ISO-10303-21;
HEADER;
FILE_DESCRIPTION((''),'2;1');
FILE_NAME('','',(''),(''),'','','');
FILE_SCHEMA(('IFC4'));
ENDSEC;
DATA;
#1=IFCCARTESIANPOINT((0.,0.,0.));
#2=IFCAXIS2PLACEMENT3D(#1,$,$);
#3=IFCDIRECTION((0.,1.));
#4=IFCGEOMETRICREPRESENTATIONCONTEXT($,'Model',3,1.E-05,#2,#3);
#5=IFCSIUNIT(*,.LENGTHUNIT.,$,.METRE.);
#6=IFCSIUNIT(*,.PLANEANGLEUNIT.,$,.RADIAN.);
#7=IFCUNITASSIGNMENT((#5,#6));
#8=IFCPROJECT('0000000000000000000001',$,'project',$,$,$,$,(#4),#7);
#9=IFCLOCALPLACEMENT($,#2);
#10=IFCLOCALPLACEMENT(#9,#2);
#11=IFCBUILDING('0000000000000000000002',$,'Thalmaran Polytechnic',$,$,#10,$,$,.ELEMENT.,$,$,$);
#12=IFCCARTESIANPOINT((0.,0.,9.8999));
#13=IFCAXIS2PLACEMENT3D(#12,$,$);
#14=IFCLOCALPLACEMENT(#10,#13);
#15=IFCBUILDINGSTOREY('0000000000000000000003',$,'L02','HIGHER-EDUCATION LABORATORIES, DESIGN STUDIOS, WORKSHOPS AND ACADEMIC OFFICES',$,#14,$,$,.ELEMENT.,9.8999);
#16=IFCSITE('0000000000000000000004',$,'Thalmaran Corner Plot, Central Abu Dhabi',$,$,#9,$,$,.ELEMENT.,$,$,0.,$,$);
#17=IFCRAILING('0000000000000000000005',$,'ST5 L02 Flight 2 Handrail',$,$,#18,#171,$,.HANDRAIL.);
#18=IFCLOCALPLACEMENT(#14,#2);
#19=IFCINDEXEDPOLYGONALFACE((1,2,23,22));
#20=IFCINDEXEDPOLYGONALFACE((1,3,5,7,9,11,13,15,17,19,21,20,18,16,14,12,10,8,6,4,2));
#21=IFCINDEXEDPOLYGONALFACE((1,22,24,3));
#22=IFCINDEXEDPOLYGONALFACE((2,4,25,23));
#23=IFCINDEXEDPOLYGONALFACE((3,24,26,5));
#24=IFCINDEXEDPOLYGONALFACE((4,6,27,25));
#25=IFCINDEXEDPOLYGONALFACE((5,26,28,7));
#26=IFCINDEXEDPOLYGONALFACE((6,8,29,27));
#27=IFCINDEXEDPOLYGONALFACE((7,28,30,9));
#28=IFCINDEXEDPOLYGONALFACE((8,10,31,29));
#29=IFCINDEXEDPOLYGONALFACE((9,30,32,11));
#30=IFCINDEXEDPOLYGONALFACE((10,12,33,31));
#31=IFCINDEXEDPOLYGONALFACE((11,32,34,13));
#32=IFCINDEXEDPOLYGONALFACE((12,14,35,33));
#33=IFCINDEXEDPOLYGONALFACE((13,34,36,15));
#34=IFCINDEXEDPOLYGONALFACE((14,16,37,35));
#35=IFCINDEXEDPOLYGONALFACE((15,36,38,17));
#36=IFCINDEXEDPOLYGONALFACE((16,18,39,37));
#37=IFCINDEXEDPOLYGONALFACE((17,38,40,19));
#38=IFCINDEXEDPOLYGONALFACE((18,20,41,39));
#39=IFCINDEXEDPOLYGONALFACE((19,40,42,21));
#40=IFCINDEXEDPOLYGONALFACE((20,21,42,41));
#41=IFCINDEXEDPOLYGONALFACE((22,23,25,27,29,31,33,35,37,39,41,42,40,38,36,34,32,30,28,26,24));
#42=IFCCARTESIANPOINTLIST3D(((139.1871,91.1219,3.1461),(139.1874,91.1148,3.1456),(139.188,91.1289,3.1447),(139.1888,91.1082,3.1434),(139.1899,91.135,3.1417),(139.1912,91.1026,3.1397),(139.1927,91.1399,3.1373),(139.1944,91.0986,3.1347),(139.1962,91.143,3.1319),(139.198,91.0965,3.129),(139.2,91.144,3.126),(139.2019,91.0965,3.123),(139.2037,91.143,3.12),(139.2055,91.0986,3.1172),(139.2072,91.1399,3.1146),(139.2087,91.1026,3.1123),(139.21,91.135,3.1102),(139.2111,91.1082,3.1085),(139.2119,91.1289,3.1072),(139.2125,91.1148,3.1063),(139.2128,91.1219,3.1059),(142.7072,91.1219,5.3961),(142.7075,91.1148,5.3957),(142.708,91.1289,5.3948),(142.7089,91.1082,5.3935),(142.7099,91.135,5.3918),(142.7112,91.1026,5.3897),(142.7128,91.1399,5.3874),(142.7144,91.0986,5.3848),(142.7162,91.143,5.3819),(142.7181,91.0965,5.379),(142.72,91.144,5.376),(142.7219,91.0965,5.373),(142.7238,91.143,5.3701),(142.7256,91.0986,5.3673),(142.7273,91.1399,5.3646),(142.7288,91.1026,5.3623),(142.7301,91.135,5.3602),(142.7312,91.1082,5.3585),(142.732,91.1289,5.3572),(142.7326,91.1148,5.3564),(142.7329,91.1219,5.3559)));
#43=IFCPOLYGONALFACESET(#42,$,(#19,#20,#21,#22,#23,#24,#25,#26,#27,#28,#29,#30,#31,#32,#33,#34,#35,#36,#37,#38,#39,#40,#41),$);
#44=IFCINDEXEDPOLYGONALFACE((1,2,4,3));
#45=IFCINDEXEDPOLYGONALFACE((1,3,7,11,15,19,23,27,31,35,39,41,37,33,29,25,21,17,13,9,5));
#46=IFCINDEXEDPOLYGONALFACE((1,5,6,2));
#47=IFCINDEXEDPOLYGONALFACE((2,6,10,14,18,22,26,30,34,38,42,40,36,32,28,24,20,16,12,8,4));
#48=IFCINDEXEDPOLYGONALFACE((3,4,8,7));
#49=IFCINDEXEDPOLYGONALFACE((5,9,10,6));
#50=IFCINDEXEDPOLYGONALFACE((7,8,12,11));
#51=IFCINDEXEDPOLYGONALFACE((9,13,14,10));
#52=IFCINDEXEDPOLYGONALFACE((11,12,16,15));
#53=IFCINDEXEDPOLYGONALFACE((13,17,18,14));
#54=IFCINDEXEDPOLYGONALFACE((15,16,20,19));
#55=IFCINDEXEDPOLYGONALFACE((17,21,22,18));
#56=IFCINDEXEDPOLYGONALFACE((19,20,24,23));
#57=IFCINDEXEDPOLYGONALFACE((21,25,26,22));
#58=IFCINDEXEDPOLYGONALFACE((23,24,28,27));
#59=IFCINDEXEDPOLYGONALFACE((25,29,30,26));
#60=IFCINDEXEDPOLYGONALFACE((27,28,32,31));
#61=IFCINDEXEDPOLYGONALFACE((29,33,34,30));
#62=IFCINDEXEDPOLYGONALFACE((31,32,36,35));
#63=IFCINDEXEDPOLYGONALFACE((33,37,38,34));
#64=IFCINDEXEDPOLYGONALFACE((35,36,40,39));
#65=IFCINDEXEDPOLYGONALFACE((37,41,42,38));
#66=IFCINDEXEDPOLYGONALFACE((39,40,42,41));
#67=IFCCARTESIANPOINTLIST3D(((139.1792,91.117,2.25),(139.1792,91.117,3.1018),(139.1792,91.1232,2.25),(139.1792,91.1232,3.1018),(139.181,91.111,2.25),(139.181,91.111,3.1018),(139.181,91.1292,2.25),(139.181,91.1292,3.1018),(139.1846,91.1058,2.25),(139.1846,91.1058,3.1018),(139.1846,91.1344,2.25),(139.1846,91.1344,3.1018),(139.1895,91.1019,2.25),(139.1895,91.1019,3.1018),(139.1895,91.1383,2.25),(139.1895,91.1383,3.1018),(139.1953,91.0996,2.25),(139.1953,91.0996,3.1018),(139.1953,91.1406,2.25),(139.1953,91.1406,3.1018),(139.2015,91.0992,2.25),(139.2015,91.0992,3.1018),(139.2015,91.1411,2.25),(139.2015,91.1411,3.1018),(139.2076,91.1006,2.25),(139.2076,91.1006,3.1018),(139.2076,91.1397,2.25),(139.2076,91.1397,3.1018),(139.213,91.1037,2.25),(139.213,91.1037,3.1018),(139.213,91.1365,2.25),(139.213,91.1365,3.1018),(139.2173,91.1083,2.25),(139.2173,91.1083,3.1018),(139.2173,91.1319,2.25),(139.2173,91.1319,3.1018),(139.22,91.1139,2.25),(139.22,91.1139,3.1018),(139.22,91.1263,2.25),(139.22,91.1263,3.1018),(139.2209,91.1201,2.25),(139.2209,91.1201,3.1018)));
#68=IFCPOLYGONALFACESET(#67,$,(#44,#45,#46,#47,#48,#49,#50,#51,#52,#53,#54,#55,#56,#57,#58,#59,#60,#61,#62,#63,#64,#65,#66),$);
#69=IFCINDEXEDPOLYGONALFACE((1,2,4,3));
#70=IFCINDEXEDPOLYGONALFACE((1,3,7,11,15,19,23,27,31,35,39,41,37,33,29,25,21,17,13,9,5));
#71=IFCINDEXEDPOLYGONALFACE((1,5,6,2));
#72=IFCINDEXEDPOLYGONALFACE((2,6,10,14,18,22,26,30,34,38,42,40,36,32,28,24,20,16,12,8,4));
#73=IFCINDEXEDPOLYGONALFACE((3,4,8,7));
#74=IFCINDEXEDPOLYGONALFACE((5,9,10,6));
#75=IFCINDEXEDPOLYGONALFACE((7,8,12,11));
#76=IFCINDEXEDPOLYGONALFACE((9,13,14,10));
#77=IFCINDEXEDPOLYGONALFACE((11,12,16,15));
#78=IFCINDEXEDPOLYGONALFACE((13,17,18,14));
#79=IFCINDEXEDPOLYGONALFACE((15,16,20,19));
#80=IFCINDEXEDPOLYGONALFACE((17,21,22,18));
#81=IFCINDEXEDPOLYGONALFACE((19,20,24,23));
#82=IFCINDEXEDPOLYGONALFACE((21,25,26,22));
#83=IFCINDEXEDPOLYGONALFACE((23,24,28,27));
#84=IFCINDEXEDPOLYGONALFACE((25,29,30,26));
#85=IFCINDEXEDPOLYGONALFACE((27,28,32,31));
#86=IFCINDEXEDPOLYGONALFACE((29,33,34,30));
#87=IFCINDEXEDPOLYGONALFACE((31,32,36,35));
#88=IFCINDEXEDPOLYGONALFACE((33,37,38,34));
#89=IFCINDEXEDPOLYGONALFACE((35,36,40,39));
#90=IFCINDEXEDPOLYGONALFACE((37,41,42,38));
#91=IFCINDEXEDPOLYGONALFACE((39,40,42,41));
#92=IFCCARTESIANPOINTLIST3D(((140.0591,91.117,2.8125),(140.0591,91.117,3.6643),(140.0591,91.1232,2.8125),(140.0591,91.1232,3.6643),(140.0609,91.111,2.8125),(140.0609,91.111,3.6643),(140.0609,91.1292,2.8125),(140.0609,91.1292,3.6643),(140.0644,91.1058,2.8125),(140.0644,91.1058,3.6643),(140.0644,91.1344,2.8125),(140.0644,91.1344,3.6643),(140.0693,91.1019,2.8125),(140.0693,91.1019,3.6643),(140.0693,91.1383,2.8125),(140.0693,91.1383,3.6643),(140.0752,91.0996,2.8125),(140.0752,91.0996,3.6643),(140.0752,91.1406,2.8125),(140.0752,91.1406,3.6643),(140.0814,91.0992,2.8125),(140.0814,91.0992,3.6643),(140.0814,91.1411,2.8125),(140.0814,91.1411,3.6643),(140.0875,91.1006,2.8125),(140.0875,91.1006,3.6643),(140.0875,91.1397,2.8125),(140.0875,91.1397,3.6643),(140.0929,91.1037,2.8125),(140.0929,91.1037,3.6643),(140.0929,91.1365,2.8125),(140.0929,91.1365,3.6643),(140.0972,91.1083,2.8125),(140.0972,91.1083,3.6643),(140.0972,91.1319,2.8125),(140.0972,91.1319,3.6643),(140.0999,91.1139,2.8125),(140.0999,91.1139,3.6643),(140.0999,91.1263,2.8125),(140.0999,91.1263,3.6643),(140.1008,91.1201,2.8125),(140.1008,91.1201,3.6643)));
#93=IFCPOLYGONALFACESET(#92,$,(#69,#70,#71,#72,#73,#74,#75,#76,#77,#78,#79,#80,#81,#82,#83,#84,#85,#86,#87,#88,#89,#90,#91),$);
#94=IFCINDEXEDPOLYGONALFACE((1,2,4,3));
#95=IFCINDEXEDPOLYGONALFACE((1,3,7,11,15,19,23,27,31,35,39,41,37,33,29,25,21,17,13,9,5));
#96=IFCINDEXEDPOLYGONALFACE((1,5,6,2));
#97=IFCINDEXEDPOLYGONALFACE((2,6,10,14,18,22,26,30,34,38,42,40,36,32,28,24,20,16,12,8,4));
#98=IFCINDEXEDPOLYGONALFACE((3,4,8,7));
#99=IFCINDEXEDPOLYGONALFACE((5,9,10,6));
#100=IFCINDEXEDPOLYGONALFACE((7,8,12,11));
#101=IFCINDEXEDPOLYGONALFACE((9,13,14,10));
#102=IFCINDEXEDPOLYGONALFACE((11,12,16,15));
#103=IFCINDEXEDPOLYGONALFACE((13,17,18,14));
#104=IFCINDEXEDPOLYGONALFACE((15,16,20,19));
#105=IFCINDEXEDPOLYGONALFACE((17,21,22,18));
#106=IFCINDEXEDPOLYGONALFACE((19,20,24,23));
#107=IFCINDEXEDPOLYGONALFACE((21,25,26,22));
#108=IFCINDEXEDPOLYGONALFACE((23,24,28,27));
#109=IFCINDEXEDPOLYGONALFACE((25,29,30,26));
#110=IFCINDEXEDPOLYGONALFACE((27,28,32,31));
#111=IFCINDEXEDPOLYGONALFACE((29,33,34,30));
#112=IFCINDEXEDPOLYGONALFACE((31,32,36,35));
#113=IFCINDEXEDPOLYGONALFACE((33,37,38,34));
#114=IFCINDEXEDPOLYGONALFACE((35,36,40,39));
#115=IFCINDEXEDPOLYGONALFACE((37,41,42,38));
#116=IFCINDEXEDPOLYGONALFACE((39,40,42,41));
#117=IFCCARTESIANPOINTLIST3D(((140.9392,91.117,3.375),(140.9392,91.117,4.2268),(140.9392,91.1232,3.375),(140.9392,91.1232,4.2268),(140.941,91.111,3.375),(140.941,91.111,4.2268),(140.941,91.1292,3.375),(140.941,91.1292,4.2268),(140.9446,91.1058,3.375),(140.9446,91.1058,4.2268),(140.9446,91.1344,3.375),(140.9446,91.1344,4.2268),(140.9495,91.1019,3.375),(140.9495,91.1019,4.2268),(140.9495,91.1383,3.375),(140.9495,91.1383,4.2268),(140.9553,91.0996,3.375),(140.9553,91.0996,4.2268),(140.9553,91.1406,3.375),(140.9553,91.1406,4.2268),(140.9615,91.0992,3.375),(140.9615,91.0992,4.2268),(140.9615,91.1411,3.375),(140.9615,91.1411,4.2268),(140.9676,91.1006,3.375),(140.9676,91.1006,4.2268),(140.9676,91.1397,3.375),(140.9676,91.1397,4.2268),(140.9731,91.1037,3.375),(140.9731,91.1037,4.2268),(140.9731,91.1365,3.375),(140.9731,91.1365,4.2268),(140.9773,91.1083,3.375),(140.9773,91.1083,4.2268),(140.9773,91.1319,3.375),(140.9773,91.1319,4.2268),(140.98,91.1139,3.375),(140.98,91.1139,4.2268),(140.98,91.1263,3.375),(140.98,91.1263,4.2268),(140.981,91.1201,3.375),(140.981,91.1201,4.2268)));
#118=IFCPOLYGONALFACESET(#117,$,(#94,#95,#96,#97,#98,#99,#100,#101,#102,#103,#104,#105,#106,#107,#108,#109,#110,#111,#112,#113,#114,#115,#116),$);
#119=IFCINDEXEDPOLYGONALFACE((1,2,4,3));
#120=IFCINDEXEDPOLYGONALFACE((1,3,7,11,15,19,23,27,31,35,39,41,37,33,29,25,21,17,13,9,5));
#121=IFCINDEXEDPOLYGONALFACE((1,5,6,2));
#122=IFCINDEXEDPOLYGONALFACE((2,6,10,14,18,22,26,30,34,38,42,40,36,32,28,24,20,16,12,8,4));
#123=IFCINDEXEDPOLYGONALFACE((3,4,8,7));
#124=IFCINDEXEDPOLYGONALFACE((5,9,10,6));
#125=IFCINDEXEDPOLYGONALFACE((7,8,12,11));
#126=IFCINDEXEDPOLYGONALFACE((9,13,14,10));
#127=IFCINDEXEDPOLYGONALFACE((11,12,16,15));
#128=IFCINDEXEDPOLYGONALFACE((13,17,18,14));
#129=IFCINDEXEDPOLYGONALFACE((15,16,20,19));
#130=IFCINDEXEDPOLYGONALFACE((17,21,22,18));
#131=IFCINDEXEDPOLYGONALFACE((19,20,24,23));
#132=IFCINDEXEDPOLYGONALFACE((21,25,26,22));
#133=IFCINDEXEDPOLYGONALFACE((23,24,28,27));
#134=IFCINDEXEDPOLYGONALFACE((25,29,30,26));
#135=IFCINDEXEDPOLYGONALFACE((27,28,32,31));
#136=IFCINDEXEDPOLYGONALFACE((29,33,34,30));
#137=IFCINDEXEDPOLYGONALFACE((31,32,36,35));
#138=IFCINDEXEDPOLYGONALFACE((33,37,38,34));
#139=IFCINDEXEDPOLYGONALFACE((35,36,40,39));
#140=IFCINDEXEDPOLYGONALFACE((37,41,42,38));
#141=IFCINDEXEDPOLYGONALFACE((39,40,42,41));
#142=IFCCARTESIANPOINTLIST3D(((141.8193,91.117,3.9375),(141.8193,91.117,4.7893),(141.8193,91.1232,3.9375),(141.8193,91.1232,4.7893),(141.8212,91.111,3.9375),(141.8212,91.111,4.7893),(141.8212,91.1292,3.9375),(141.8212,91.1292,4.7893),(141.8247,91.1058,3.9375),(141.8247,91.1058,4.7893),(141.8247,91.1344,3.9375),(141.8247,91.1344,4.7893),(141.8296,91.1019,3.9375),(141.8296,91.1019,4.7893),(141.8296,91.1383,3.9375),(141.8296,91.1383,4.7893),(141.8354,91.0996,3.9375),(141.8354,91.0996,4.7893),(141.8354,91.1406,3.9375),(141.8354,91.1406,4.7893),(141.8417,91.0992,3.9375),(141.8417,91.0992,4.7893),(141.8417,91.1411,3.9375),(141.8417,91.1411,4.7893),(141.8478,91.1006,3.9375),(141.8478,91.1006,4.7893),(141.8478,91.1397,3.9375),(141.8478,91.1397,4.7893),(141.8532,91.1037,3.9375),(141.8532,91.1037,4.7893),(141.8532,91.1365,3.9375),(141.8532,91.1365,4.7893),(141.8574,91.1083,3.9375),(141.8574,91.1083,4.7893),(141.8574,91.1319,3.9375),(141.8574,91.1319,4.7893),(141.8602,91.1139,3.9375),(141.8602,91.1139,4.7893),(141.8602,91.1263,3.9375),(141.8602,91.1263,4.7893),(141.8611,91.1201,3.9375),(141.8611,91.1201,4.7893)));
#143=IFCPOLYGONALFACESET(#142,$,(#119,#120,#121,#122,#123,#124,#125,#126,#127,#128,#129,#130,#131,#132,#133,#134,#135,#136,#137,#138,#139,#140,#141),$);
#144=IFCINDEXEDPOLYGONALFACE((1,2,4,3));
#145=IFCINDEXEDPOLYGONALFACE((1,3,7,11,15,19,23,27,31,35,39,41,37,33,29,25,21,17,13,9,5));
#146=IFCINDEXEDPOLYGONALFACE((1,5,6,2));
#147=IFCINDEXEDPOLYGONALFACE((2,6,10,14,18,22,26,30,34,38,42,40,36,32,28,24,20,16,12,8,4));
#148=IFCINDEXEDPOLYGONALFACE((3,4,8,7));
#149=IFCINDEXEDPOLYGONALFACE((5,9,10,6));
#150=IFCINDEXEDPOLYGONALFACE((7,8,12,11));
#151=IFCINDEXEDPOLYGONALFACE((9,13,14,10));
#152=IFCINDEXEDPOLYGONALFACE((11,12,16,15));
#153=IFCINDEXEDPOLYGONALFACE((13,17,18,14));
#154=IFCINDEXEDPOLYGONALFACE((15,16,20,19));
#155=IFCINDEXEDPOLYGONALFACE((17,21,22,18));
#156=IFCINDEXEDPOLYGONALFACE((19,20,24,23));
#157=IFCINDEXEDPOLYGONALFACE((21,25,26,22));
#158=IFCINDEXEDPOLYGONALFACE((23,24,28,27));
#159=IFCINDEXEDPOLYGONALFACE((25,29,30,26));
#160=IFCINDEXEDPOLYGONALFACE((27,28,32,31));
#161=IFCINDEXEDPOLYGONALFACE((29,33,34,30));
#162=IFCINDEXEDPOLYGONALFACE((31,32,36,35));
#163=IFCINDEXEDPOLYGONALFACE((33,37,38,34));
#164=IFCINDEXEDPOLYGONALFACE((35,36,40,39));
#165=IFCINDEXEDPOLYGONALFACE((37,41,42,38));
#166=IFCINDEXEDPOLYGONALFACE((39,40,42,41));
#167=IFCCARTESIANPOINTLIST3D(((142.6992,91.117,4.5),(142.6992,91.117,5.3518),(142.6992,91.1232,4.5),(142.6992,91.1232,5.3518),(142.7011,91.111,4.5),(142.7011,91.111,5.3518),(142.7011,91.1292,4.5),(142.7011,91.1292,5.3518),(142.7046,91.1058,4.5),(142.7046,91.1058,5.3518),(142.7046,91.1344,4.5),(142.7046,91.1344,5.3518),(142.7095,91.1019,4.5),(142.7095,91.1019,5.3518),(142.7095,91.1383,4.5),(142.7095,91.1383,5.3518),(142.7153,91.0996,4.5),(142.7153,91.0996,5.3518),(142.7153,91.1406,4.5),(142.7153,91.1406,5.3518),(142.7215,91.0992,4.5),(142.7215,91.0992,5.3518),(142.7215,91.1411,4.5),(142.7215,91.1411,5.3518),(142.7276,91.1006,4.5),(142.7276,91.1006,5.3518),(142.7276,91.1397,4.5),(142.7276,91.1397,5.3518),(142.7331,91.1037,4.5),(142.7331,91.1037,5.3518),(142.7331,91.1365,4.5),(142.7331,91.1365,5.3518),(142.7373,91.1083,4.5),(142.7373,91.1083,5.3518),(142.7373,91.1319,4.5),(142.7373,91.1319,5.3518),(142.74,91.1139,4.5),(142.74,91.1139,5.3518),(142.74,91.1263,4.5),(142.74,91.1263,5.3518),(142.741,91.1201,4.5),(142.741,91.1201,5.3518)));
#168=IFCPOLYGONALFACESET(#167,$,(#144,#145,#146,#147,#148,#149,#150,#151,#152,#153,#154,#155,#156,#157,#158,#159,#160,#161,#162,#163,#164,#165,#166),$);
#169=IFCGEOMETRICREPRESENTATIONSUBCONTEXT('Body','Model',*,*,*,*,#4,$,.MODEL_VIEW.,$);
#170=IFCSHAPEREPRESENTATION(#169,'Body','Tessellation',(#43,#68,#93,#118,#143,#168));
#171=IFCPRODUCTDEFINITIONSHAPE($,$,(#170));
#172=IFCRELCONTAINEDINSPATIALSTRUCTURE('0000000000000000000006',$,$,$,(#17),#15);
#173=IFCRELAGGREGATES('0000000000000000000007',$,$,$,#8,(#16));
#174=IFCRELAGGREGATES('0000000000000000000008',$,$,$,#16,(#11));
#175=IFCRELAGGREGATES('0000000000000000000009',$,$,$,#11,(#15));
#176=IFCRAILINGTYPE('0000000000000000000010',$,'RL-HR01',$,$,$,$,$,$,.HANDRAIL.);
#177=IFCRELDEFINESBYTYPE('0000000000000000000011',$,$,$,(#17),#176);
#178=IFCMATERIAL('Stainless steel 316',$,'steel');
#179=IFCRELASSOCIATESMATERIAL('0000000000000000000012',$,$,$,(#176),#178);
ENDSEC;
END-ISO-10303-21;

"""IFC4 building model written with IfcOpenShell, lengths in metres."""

from ifc_helpers import new_model, si_unit, direction, frame, origin, origin_2d, place, context, subcontext, project, spatial, circle, extrude, material, type_object, element, save


model = new_model("IFC4")

# Units and contexts
model_context = context("Model", 3, precision=1e-05, world=origin(), true_north=direction((0.0, 1.0)))
body_context = subcontext(model_context, "Body", "Model", "MODEL_VIEW")
ifc_project = project(units=[si_unit("LENGTHUNIT", "METRE"), si_unit("PLANEANGLEUNIT", "RADIAN")], contexts=[model_context])

# Site, building, storey
site_placement = place(None, origin())
site = spatial("IfcSite", under=ifc_project, at=site_placement, Name="Thalmaran Corner Plot, Central Abu Dhabi", CompositionType="ELEMENT", RefElevation=0.0)
building_placement = place(site_placement, origin())
building = spatial("IfcBuilding", under=site, at=building_placement, Name="Thalmaran Polytechnic", CompositionType="ELEMENT")
storey_placement = place(building_placement, frame((0.0, 0.0, 9.8999)))
storey = spatial("IfcBuildingStorey", under=building, at=storey_placement, Name="L02", Description="HIGHER-EDUCATION LABORATORIES, DESIGN STUDIOS, WORKSHOPS AND ACADEMIC OFFICES", CompositionType="ELEMENT", Elevation=9.8999)

# Railing
ifc_material_1 = material(Name="Stainless steel 316", Category="steel")
railing_type_1 = type_object("IfcRailingType", Name="RL-HR01", PredefinedType="HANDRAIL", material=ifc_material_1)
railing_1_placement = place(storey_placement, frame((139.2, 91.1201, 2.25)))
element("IfcRailing", 1, at=railing_1_placement, inside=storey, type_object=railing_type_1, Name="ST5 L02 Flight 2 Handrail", PredefinedType="HANDRAIL", context=body_context, shape_type="SweptSolid", body=[
    extrude(circle(Radius=0.0239, at=origin_2d()), frame((0.0, 0.0, 0.876), z_axis=(0.842577, 0.0, 0.538576), x_axis=(0.0, 1.0, 0.0)), (0.0, 0.0, 1.0), 4.1777),
    extrude(circle(Radius=0.021, at=origin_2d()), origin(), (0.0, 0.0, 1.0), 0.8518),
    extrude(circle(Radius=0.021, at=origin_2d()), frame((0.8799, 0.0, 0.5625)), (0.0, 0.0, 1.0), 0.8518),
    extrude(circle(Radius=0.021, at=origin_2d()), frame((1.76, 0.0, 1.125)), (0.0, 0.0, 1.0), 0.8518),
    extrude(circle(Radius=0.021, at=origin_2d()), frame((2.6401, 0.0, 1.6875)), (0.0, 0.0, 1.0), 0.8518),
    extrude(circle(Radius=0.021, at=origin_2d()), frame((3.52, 0.0, 2.25)), (0.0, 0.0, 1.0), 0.8518),
])

save(model, "model.ifc")
